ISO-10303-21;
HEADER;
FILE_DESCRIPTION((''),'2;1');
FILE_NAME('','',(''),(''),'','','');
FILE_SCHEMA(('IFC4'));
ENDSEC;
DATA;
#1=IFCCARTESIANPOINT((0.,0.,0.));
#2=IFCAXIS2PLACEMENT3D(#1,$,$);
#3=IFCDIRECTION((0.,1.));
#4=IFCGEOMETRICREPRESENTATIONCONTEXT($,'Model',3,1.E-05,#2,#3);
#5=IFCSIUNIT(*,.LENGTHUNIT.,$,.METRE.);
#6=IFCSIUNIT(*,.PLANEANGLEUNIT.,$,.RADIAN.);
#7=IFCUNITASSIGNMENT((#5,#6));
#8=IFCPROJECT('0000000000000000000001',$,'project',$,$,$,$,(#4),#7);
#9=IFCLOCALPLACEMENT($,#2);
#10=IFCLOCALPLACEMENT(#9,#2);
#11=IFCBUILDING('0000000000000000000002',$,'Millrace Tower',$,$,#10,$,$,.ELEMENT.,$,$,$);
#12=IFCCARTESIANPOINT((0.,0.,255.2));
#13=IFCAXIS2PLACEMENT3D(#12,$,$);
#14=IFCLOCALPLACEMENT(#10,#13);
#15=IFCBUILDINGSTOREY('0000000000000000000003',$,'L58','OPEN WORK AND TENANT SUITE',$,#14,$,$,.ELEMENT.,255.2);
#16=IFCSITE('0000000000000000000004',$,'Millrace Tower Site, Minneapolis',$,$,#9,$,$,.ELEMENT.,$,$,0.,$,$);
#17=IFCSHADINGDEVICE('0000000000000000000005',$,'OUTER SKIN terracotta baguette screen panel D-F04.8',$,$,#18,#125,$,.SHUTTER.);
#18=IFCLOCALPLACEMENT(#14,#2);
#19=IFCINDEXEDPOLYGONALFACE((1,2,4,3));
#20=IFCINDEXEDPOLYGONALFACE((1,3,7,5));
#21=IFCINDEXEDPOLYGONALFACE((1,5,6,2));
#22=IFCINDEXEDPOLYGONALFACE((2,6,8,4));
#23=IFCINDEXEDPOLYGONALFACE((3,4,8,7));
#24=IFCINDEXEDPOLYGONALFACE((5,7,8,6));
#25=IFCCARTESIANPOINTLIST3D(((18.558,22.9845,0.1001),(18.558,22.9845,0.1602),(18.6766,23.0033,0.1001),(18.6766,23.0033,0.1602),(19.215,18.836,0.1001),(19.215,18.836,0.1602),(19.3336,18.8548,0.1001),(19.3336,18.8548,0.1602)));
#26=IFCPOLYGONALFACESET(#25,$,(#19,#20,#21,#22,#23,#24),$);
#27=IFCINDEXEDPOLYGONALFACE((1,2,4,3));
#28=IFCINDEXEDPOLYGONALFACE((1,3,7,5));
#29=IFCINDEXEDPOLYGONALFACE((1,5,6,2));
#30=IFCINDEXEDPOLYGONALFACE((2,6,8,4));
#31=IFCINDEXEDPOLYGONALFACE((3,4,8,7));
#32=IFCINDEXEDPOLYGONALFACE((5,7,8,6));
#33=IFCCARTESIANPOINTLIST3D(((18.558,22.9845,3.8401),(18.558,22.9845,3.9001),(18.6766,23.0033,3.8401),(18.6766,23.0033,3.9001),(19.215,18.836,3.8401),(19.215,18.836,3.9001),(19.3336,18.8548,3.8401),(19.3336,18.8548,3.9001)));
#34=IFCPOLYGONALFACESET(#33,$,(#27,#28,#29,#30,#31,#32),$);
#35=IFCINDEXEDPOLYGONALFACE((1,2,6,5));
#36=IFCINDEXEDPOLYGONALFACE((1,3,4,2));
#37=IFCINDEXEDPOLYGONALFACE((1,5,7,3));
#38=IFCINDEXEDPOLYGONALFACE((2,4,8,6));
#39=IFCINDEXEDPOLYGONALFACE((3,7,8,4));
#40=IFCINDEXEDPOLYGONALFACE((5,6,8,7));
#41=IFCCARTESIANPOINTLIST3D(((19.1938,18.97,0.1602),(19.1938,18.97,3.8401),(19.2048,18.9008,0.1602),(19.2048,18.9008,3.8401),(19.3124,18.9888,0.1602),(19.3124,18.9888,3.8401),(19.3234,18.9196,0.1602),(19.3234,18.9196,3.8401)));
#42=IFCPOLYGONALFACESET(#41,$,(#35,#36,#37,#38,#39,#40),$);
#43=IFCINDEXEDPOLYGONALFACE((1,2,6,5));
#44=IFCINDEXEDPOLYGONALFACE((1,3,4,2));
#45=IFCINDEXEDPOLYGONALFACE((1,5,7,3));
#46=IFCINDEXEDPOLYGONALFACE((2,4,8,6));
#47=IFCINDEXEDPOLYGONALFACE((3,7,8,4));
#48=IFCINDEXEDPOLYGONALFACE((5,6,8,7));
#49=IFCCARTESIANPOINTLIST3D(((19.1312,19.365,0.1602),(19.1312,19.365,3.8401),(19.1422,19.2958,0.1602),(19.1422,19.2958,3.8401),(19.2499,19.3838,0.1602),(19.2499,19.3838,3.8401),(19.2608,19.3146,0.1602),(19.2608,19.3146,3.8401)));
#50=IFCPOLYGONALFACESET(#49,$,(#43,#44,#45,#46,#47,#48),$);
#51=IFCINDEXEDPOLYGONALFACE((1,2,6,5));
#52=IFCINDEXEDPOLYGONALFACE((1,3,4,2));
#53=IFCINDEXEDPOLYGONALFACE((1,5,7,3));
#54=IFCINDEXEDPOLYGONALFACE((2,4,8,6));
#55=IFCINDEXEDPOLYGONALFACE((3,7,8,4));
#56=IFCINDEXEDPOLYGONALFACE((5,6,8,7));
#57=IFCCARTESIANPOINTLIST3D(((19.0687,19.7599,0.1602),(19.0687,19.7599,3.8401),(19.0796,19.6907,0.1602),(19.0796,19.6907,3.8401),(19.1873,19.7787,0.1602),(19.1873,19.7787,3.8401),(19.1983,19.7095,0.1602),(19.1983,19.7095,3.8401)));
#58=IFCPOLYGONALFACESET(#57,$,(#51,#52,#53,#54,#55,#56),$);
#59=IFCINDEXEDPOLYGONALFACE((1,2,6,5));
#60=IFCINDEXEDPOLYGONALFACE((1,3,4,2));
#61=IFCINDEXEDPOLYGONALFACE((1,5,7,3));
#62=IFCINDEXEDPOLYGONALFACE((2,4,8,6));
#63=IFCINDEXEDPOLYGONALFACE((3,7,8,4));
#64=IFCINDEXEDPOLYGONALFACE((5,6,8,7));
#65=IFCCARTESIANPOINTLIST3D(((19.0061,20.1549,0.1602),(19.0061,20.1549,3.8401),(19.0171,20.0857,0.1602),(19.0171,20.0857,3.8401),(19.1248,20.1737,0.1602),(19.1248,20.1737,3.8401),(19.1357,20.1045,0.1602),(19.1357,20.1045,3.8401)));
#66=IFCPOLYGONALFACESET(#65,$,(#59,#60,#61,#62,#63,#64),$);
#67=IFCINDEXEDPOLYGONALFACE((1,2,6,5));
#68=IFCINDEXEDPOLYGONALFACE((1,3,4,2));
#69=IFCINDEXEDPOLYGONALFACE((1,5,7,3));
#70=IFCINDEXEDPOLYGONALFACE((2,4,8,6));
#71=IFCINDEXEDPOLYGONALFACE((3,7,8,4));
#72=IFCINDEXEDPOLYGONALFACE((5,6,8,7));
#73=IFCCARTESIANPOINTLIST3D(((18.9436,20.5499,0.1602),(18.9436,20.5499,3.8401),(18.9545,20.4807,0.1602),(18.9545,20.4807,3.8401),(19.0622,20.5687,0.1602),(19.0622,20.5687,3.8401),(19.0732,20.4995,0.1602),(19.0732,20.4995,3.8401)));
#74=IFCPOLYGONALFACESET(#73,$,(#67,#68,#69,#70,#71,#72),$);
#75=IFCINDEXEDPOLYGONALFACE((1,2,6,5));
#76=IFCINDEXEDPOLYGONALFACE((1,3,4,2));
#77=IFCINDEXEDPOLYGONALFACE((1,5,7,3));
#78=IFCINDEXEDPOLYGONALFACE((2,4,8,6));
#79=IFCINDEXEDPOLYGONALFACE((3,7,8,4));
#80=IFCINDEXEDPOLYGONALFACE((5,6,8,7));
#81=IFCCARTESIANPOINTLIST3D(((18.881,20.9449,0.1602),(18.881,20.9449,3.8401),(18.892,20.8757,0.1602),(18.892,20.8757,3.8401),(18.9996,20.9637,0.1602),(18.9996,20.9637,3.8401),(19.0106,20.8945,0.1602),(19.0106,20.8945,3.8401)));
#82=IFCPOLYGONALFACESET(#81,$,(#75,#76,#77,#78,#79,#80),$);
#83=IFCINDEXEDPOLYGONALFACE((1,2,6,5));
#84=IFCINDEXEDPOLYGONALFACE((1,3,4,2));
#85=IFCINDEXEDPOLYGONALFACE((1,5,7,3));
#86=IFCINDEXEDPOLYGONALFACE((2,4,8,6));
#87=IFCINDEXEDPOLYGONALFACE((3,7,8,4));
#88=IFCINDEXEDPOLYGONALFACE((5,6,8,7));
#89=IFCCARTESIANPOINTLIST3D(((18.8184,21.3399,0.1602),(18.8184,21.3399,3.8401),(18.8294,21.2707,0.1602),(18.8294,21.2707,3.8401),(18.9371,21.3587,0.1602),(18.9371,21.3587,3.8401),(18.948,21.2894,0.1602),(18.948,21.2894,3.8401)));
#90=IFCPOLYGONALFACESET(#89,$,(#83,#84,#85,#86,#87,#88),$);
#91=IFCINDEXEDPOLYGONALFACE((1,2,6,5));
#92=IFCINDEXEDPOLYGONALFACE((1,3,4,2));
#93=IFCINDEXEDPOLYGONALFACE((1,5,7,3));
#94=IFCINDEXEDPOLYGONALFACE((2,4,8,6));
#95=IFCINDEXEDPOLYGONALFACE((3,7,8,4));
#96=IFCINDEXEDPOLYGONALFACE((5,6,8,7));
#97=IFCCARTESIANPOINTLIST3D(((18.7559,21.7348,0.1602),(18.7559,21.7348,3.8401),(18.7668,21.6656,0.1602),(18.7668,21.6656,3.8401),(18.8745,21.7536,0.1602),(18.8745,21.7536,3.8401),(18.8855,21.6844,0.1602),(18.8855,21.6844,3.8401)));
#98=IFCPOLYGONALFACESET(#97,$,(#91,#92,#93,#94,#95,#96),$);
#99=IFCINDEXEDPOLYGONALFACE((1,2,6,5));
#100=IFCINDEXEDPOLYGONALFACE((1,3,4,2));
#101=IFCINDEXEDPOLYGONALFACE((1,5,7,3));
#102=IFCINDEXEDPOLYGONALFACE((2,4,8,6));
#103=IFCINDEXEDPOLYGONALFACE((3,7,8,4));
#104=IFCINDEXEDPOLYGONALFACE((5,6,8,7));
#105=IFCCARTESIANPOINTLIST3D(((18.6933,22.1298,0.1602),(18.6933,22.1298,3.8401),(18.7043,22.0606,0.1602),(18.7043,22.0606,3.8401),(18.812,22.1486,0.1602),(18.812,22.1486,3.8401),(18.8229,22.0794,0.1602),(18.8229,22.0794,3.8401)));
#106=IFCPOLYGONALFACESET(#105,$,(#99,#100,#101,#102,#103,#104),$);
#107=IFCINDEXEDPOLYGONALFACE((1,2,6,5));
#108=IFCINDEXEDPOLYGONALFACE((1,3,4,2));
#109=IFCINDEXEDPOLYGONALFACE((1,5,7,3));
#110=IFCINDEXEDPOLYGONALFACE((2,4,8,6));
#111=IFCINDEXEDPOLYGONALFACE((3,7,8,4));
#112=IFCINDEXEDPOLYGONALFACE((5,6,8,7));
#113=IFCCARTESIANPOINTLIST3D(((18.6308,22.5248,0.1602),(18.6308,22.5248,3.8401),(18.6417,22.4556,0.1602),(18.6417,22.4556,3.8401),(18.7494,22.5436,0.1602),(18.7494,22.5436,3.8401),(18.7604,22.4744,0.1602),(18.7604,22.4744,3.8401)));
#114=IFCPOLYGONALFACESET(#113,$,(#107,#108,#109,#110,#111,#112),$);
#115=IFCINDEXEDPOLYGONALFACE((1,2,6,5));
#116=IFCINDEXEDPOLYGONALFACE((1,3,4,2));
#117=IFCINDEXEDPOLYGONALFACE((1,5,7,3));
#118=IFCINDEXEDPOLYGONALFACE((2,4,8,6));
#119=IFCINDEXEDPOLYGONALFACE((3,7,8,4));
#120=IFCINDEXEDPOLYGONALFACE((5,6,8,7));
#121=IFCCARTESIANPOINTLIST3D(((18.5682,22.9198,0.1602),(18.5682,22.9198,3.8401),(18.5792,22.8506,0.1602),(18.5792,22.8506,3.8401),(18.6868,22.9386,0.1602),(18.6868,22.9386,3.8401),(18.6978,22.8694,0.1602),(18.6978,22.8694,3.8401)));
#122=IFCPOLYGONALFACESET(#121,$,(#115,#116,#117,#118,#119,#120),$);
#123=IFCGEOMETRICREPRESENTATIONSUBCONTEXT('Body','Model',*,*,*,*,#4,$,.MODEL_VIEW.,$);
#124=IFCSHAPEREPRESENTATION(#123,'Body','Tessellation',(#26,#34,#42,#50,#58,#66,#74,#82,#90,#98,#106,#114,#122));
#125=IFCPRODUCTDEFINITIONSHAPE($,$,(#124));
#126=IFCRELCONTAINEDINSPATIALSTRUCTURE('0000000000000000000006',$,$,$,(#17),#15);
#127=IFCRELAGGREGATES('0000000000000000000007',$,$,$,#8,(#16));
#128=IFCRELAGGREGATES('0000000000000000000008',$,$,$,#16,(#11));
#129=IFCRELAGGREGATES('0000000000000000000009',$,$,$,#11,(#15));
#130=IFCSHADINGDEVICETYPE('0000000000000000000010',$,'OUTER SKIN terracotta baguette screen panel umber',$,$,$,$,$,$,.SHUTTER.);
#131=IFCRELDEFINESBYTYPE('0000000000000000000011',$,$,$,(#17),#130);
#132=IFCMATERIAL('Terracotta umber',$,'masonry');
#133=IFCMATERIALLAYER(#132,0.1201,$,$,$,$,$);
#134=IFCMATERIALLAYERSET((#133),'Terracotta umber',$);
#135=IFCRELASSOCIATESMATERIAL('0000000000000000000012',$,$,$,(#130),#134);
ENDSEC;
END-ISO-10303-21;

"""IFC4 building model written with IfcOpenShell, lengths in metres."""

from ifc_helpers import new_model, entity, si_unit, direction, frame, frame_2d, origin, origin_2d, place, context, subcontext, project, spatial, rectangle, extrude, source, transform, mapped, material, layer, layer_set, type_object, element, save


model = new_model("IFC4")

# Units and contexts
model_context = context("Model", 3, precision=1e-05, world=origin(), true_north=direction((0.0, 1.0)))
body_context = subcontext(model_context, "Body", "Model", "MODEL_VIEW")
ifc_project = project(units=[si_unit("LENGTHUNIT", "METRE"), si_unit("PLANEANGLEUNIT", "RADIAN")], contexts=[model_context])

# Site, building, storey
site_placement = place(None, origin())
site = spatial("IfcSite", under=ifc_project, at=site_placement, Name="Millrace Tower Site, Minneapolis", CompositionType="ELEMENT", RefElevation=0.0)
building_placement = place(site_placement, origin())
building = spatial("IfcBuilding", under=site, at=building_placement, Name="Millrace Tower", CompositionType="ELEMENT")
storey_placement = place(building_placement, frame((0.0, 0.0, 255.2)))
storey = spatial("IfcBuildingStorey", under=building, at=storey_placement, Name="L58", Description="OPEN WORK AND TENANT SUITE", CompositionType="ELEMENT", Elevation=255.2)

# Shading device
ifc_material_1 = material(Name="Terracotta umber", Category="masonry")
ifc_layer_1 = layer(ifc_material_1, 0.1201)
ifc_layer_set_1 = layer_set([ifc_layer_1], Name="Terracotta umber")
shading_device_type = type_object("IfcShadingDeviceType", Name="OUTER SKIN terracotta baguette screen panel umber", PredefinedType="SHUTTER", material=ifc_layer_set_1)
cartesian_point_1 = entity("IfcCartesianPoint", [-2.1001, 0.0601])
shared_polyline_1 = entity("IfcPolyline", [cartesian_point_1, entity("IfcCartesianPoint", [2.1001, 0.0601]), entity("IfcCartesianPoint", [2.1001, -0.0601]), entity("IfcCartesianPoint", [-2.1001, -0.0601]), cartesian_point_1])
shared_shape_1 = source(origin(), body_context, "Body", "SweptSolid", [
    entity("IfcExtrudedAreaSolid", entity("IfcArbitraryClosedProfileDef", "AREA", None, shared_polyline_1), entity("IfcAxis2Placement3D", entity("IfcCartesianPoint", [0.0, 0.0, 0.0])), entity("IfcDirection", [0.0, 0.0, 1.0]), 0.0601),
    entity("IfcExtrudedAreaSolid", entity("IfcArbitraryClosedProfileDef", "AREA", None, shared_polyline_1), entity("IfcAxis2Placement3D", entity("IfcCartesianPoint", [0.0, 0.0, 3.74])), entity("IfcDirection", [0.0, 0.0, 1.0]), 0.0601),
    extrude(rectangle(XDim=0.0701, YDim=0.1201, at=frame_2d((-1.9995, 0.0))), frame((0.0, 0.0, 0.0601)), (0.0, 0.0, 1.0), 3.6799),
    extrude(rectangle(XDim=0.0701, YDim=0.1201, at=frame_2d((-1.5996, 0.0))), frame((0.0, 0.0, 0.0601)), (0.0, 0.0, 1.0), 3.6799),
    extrude(rectangle(XDim=0.0701, YDim=0.1201, at=frame_2d((-1.1997, 0.0))), frame((0.0, 0.0, 0.0601)), (0.0, 0.0, 1.0), 3.6799),
    extrude(rectangle(XDim=0.0701, YDim=0.1201, at=frame_2d((-0.7998, 0.0))), frame((0.0, 0.0, 0.0601)), (0.0, 0.0, 1.0), 3.6799),
    extrude(rectangle(XDim=0.0701, YDim=0.1201, at=frame_2d((-0.3999, 0.0))), frame((0.0, 0.0, 0.0601)), (0.0, 0.0, 1.0), 3.6799),
    extrude(rectangle(XDim=0.0701, YDim=0.1201, at=origin_2d()), frame((0.0, 0.0, 0.0601)), (0.0, 0.0, 1.0), 3.6799),
    extrude(rectangle(XDim=0.0701, YDim=0.1201, at=frame_2d((0.3999, 0.0))), frame((0.0, 0.0, 0.0601)), (0.0, 0.0, 1.0), 3.6799),
    extrude(rectangle(XDim=0.0701, YDim=0.1201, at=frame_2d((0.7998, 0.0))), frame((0.0, 0.0, 0.0601)), (0.0, 0.0, 1.0), 3.6799),
    extrude(rectangle(XDim=0.0701, YDim=0.1201, at=frame_2d((1.1997, 0.0))), frame((0.0, 0.0, 0.0601)), (0.0, 0.0, 1.0), 3.6799),
    extrude(rectangle(XDim=0.0701, YDim=0.1201, at=frame_2d((1.5996, 0.0))), frame((0.0, 0.0, 0.0601)), (0.0, 0.0, 1.0), 3.6799),
    extrude(rectangle(XDim=0.0701, YDim=0.1201, at=frame_2d((1.9995, 0.0))), frame((0.0, 0.0, 0.0601)), (0.0, 0.0, 1.0), 3.6799),
])
for number, where, z_axis, x_axis, name in (
    (1, (18.9458, 20.9197, 0.1001), (0.0, 0.0, 1.0), (-0.156434, 0.987688, 0.0), "OUTER SKIN terracotta baguette screen panel D-F04.8"),
):
    element("IfcShadingDevice", number, at=place(storey_placement, frame(where, z_axis=z_axis, x_axis=x_axis)), inside=storey, type_object=shading_device_type, Name=name, PredefinedType="SHUTTER", context=body_context, shape_type="MappedRepresentation", body=[
        mapped(shared_shape_1, transform((0.0, 0.0, 0.0), scale=1.0)),
    ])

save(model, "model.ifc")
